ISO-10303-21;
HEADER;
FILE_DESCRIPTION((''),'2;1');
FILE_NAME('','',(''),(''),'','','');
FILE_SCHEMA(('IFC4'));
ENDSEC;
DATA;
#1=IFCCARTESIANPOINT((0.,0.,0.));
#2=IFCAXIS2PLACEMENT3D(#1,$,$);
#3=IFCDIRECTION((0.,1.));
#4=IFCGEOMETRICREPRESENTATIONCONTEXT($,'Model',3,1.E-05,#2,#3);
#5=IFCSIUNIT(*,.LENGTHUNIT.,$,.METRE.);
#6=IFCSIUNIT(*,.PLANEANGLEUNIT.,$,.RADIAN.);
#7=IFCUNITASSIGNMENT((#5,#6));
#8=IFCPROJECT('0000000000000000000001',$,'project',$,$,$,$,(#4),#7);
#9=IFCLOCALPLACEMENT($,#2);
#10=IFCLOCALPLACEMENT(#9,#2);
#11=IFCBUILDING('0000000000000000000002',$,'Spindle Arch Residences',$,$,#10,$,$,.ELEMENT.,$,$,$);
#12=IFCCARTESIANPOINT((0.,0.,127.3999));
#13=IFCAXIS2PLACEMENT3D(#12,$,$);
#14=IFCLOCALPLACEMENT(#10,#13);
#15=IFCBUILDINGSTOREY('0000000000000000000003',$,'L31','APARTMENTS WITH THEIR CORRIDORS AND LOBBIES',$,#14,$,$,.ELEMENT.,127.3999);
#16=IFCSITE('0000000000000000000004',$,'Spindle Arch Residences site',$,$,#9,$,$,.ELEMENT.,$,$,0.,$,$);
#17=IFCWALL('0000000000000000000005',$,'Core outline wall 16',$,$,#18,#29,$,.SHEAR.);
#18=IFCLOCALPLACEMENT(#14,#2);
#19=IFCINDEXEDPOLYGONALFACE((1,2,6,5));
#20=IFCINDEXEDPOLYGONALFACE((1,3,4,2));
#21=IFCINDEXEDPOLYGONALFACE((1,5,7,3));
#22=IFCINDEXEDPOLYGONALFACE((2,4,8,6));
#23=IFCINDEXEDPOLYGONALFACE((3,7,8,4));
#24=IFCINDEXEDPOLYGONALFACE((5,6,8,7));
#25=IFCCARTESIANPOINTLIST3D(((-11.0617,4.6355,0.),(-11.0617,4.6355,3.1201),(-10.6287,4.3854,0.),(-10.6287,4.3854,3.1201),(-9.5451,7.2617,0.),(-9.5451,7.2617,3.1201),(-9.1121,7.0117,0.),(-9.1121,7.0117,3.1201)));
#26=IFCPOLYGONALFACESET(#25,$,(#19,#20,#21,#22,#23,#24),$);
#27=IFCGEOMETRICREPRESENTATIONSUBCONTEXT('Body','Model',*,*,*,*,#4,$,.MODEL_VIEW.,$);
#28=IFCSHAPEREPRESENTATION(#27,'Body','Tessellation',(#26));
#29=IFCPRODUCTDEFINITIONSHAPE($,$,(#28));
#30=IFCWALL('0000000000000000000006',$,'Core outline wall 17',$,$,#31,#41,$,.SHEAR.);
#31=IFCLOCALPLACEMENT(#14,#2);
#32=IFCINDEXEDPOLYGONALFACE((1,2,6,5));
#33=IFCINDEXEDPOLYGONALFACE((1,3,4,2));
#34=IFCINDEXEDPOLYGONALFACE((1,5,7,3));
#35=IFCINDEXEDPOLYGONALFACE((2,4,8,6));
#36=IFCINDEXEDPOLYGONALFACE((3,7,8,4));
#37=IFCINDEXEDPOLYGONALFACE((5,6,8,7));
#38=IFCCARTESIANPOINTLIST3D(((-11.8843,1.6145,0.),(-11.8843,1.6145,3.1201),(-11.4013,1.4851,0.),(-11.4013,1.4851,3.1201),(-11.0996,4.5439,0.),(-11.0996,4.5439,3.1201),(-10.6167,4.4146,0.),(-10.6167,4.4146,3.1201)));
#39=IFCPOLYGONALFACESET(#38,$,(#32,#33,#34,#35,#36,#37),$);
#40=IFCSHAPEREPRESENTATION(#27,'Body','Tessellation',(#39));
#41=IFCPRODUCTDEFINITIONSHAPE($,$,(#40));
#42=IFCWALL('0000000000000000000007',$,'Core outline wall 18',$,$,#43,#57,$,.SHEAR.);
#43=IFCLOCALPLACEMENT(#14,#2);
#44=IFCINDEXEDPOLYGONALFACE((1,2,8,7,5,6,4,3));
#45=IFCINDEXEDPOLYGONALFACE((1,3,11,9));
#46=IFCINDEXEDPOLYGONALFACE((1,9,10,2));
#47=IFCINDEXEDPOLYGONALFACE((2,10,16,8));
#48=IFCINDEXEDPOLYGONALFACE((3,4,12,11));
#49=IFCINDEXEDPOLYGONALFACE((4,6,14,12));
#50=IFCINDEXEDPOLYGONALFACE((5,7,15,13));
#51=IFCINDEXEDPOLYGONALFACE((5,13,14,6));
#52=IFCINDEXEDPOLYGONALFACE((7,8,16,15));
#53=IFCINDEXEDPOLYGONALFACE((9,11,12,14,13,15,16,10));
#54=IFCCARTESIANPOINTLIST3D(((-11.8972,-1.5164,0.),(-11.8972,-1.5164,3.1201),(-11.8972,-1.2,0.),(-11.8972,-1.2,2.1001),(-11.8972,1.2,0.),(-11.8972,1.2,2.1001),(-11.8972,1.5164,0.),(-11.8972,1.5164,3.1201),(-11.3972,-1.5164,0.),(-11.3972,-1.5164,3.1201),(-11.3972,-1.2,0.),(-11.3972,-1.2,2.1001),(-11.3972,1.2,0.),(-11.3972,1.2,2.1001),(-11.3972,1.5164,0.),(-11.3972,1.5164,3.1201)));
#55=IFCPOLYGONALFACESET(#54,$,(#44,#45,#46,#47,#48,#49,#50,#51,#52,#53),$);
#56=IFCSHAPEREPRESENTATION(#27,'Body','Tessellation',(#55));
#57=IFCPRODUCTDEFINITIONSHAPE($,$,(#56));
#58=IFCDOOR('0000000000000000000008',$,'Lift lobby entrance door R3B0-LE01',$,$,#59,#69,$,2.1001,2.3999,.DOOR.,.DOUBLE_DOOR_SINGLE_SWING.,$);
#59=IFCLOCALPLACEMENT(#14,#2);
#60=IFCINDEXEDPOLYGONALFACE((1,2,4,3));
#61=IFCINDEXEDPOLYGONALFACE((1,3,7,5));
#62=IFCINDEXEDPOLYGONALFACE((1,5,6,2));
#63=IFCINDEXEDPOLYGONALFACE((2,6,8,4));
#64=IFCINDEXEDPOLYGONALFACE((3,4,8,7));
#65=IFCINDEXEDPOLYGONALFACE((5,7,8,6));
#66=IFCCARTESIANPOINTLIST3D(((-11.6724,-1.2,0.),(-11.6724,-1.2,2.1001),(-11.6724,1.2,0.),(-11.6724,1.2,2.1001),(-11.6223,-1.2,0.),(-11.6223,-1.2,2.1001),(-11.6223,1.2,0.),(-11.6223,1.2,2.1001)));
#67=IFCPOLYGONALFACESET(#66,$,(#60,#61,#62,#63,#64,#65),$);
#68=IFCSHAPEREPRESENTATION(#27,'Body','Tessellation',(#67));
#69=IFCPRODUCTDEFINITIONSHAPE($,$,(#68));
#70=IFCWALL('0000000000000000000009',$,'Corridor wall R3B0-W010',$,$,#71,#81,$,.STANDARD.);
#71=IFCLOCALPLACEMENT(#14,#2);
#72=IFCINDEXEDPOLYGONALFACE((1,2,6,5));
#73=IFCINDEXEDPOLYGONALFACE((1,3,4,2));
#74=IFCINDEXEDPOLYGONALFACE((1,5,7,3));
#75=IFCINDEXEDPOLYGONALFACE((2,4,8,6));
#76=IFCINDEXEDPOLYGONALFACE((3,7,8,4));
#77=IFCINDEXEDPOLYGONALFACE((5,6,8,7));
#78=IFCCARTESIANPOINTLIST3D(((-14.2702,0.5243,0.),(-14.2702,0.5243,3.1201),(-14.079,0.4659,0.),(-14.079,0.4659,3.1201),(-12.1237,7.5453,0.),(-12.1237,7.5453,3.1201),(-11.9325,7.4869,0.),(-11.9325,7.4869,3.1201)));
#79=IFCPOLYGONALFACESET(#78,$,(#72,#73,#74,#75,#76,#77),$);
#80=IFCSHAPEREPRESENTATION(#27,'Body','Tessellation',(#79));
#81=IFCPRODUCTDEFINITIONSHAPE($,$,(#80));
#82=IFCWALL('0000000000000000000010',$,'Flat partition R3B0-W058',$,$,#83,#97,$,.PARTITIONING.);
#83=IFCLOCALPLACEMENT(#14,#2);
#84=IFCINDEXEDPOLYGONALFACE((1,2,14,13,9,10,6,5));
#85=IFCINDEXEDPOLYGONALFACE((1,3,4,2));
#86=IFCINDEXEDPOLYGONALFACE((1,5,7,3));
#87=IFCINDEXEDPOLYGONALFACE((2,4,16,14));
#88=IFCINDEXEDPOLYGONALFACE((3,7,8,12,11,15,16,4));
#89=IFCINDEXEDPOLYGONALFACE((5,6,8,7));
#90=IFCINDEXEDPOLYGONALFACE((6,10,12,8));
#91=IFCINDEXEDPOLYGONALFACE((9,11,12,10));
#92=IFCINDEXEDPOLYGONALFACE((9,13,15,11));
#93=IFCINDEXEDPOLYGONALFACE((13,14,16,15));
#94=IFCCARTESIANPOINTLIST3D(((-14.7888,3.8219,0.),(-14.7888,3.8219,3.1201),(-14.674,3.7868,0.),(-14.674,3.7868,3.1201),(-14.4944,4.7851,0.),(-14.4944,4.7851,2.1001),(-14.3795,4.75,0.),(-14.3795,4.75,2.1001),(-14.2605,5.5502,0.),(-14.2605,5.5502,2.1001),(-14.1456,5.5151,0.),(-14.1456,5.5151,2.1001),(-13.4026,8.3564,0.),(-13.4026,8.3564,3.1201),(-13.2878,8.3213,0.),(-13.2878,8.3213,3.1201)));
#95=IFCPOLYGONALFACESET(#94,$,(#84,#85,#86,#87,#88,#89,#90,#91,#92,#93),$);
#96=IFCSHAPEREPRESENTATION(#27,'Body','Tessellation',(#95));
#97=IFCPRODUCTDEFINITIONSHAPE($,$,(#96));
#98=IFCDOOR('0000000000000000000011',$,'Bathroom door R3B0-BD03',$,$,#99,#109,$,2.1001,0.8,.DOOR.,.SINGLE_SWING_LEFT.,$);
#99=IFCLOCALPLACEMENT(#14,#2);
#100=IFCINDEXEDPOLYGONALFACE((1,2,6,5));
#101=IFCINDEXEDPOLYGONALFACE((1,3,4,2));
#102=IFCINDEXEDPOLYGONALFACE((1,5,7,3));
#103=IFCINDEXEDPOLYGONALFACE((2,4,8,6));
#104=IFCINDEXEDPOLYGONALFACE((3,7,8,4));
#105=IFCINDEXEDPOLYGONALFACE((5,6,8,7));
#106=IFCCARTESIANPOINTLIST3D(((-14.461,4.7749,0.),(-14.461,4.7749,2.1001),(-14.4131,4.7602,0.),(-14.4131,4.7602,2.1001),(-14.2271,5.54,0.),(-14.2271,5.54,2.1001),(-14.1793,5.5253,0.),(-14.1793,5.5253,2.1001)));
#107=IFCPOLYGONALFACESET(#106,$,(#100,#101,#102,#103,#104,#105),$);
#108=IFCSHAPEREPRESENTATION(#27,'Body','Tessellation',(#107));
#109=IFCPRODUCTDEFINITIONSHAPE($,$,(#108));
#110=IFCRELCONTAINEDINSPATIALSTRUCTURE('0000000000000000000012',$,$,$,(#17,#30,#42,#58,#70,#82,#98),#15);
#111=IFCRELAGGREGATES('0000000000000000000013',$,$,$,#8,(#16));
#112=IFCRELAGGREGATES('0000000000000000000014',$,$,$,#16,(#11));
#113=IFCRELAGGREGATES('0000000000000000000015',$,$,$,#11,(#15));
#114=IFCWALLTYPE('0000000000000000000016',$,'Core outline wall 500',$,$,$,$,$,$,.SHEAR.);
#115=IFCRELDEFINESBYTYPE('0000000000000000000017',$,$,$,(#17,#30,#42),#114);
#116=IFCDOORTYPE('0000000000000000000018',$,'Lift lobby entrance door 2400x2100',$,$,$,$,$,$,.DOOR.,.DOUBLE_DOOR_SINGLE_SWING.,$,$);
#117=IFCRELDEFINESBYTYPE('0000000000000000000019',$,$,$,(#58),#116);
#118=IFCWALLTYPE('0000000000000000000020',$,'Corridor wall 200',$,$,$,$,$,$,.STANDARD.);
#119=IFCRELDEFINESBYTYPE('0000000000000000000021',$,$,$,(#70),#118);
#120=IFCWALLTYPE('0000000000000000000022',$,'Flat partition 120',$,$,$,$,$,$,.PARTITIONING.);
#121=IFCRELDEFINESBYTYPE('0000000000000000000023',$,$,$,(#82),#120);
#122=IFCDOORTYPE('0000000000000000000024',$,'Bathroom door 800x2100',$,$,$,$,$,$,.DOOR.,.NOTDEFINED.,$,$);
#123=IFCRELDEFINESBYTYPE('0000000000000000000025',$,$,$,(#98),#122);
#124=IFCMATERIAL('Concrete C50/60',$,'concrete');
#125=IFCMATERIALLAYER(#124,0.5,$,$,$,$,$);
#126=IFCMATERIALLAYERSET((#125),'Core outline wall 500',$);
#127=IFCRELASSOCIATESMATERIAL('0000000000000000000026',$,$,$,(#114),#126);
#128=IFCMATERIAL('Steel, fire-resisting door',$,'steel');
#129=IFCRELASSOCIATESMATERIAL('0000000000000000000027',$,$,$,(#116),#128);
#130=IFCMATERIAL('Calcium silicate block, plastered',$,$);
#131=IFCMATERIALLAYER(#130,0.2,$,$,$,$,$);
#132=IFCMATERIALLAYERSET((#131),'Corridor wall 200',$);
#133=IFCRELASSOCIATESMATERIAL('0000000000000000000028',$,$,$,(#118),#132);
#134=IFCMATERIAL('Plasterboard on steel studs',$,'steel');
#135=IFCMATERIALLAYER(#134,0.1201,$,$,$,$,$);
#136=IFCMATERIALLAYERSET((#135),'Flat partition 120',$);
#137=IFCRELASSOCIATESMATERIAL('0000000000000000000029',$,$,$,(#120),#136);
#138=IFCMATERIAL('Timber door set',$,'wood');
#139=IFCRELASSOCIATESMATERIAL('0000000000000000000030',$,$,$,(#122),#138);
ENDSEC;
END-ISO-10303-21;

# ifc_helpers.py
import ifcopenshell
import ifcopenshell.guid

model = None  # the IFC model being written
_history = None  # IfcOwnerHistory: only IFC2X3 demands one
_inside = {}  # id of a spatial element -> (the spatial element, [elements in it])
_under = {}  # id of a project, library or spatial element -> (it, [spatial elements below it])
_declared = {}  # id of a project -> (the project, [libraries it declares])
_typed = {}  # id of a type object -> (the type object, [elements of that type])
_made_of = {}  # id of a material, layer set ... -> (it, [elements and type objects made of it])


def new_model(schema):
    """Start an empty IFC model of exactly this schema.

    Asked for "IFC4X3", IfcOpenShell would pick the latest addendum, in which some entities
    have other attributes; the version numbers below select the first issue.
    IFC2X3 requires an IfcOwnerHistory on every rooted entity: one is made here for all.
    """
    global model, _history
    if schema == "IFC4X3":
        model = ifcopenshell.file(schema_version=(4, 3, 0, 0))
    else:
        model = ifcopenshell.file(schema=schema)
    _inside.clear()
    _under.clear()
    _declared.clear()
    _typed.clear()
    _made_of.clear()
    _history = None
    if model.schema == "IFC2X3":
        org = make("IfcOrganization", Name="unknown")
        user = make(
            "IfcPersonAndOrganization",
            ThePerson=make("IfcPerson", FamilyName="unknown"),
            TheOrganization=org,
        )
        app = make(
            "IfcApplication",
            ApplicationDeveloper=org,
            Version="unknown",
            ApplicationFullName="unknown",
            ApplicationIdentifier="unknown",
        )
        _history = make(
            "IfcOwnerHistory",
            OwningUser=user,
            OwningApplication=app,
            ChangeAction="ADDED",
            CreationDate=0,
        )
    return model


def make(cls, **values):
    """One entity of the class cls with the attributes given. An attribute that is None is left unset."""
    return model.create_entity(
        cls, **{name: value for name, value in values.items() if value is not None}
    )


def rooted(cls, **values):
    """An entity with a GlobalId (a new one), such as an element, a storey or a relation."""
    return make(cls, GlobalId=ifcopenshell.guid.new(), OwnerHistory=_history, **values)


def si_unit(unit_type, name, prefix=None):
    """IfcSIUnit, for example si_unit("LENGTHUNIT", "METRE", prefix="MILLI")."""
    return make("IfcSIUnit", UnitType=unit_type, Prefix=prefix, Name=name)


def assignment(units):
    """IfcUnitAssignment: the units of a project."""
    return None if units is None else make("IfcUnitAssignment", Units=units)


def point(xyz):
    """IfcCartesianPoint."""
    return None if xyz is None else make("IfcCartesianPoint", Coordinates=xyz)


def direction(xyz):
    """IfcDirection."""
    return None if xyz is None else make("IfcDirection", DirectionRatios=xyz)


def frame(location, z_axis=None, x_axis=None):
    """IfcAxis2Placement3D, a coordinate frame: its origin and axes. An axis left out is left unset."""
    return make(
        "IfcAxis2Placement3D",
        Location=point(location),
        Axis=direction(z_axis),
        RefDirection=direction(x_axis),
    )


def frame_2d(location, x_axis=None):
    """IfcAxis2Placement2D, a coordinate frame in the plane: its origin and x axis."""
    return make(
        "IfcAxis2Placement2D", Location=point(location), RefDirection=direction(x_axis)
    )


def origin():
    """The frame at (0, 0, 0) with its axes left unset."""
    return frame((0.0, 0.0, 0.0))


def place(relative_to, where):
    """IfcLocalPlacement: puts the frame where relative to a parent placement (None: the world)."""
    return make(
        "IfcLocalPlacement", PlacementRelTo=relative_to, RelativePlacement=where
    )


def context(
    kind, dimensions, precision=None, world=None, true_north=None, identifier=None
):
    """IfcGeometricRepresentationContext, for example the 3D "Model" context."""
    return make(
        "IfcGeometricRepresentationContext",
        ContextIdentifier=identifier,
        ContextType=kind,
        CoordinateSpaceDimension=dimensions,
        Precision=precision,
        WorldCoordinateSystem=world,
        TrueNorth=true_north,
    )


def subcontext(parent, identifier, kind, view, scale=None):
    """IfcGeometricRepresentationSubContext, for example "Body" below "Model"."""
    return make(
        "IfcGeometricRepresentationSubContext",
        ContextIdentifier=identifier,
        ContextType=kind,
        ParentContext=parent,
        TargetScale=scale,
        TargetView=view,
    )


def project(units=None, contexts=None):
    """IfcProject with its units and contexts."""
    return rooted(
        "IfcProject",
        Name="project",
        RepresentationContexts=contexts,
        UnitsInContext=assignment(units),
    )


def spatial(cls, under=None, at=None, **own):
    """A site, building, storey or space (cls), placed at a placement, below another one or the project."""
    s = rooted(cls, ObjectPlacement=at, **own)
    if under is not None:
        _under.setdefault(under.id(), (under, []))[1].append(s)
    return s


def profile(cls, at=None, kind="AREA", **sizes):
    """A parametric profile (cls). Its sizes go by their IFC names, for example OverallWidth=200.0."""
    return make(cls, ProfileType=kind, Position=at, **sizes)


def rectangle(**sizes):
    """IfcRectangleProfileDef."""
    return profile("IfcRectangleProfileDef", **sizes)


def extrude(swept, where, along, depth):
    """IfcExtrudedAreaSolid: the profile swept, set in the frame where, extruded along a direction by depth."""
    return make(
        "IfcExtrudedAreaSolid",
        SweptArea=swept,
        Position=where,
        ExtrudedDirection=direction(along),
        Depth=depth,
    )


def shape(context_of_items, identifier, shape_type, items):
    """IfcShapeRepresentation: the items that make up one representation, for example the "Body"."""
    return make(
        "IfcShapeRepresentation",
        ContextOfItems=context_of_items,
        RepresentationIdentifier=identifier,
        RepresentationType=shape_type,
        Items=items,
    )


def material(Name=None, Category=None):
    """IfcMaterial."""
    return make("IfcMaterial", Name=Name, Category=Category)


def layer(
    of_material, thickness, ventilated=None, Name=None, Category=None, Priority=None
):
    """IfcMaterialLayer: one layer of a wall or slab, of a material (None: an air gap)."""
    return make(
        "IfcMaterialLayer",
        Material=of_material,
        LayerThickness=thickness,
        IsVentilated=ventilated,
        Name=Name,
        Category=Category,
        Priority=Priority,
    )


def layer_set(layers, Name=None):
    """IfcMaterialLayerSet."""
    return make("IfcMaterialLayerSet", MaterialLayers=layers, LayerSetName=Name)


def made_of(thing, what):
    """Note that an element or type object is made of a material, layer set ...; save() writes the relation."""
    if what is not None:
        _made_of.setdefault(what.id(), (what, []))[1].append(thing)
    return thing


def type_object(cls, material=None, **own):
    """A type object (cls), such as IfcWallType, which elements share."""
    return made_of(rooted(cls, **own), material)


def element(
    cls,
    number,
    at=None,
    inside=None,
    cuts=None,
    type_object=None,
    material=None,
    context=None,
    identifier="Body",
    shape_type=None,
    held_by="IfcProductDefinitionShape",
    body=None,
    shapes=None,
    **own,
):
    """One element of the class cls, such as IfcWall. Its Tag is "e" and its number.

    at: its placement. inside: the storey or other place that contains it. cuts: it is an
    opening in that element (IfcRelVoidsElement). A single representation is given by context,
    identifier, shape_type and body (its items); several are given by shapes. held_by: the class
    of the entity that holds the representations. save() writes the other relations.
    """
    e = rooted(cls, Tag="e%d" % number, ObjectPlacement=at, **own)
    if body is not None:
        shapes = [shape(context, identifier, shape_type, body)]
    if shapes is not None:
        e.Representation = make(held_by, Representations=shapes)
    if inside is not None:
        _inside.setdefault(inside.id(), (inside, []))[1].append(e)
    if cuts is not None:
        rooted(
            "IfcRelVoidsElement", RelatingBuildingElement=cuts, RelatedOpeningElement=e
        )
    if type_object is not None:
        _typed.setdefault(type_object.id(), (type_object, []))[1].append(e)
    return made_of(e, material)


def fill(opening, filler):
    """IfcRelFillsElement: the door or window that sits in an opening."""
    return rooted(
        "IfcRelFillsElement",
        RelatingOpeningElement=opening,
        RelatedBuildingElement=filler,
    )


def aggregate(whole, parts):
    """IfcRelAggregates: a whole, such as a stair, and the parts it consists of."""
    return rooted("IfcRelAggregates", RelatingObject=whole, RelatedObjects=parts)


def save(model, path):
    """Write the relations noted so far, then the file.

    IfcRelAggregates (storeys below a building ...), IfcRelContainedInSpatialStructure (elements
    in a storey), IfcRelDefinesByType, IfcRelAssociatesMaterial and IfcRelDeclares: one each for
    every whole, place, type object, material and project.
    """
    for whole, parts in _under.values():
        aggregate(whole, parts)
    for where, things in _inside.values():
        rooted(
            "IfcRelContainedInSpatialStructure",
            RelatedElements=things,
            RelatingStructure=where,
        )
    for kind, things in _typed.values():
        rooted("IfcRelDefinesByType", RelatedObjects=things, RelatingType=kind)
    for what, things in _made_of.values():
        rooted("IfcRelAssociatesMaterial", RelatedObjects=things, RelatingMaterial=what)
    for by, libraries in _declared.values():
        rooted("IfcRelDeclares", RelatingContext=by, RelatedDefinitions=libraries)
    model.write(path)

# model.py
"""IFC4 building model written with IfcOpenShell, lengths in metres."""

from ifc_helpers import new_model, si_unit, direction, frame, frame_2d, origin, place, context, subcontext, project, spatial, rectangle, extrude, material, layer, layer_set, type_object, element, fill, save


model = new_model("IFC4")

# Units and contexts
model_context = context("Model", 3, precision=1e-05, world=origin(), true_north=direction((0.0, 1.0)))
body_context = subcontext(model_context, "Body", "Model", "MODEL_VIEW")
ifc_project = project(units=[si_unit("LENGTHUNIT", "METRE"), si_unit("PLANEANGLEUNIT", "RADIAN")], contexts=[model_context])

# Site, building, storey
site_placement = place(None, origin())
site = spatial("IfcSite", under=ifc_project, at=site_placement, Name="Spindle Arch Residences site", CompositionType="ELEMENT", RefElevation=0.0)
building_placement = place(site_placement, origin())
building = spatial("IfcBuilding", under=site, at=building_placement, Name="Spindle Arch Residences", CompositionType="ELEMENT")
storey_placement = place(building_placement, frame((0.0, 0.0, 127.3999)))
storey = spatial("IfcBuildingStorey", under=building, at=storey_placement, Name="L31", Description="APARTMENTS WITH THEIR CORRIDORS AND LOBBIES", CompositionType="ELEMENT", Elevation=127.3999)

# Walls
ifc_material_1 = material(Name="Concrete C50/60", Category="concrete")
ifc_layer_1 = layer(ifc_material_1, 0.5)
ifc_layer_set_1 = layer_set([ifc_layer_1], Name="Core outline wall 500")
wall_type_1 = type_object("IfcWallType", Name="Core outline wall 500", PredefinedType="SHEAR", material=ifc_layer_set_1)
for number, where, z_axis, x_axis, name in (
    (1, (-9.3286, 7.1367, 0.0), (0.0, 0.0, 1.0), (-0.500087, -0.865975, 0.0), "Core outline wall 16"),
    (2, (-10.8582, 4.4792, 0.0), (0.0, 0.0, 1.0), (-0.258735, -0.965948, 0.0), "Core outline wall 17"),
):
    element("IfcWall", number, at=place(storey_placement, frame(where, z_axis=z_axis, x_axis=x_axis)), inside=storey, type_object=wall_type_1, Name=name, PredefinedType="SHEAR", context=body_context, shape_type="SweptSolid", body=[
        extrude(rectangle(XDim=3.0327, YDim=0.5, at=frame_2d((1.5164, 0.0))), origin(), (0.0, 0.0, 1.0), 3.1201),
    ])

# Wall, opening, door
wall_1_placement = place(storey_placement, frame((-11.6472, 1.5164, 0.0), z_axis=(0.0, 0.0, 1.0), x_axis=(0.0, -1.0, 0.0)))
wall_1 = element("IfcWall", 3, at=wall_1_placement, inside=storey, type_object=wall_type_1, Name="Core outline wall 18", PredefinedType="SHEAR", context=body_context, shape_type="SweptSolid", body=[
    extrude(rectangle(XDim=3.0327, YDim=0.5, at=frame_2d((1.5164, 0.0))), origin(), (0.0, 0.0, 1.0), 3.1201),
])
opening_1_placement = place(wall_1_placement, frame((0.3164, 0.0, 0.0)))
opening_1 = element("IfcOpeningElement", 4, at=opening_1_placement, cuts=wall_1, PredefinedType="OPENING", context=body_context, shape_type="SweptSolid", body=[
    extrude(rectangle(XDim=2.3999, YDim=2.1001, at=frame_2d((1.2, 1.05))), frame((0.0, 0.26, 0.0), z_axis=(0.0, -1.0, 0.0), x_axis=(1.0, 0.0, 0.0)), (0.0, 0.0, 1.0), 0.52),
])
ifc_material_2 = material(Name="Steel, fire-resisting door", Category="steel")
door_type_1 = type_object("IfcDoorType", Name="Lift lobby entrance door 2400x2100", OperationType="DOUBLE_DOOR_SINGLE_SWING", PredefinedType="DOOR", material=ifc_material_2)
door_1_placement = place(opening_1_placement, origin())
door_1 = element("IfcDoor", 5, at=door_1_placement, inside=storey, type_object=door_type_1, Name="Lift lobby entrance door R3B0-LE01", OperationType="DOUBLE_DOOR_SINGLE_SWING", OverallHeight=2.1001, OverallWidth=2.3999, PredefinedType="DOOR", context=body_context, shape_type="SweptSolid", body=[
    extrude(rectangle(XDim=2.3999, YDim=2.1001, at=frame_2d((1.2, 1.05))), frame((0.0, 0.0249, 0.0), z_axis=(0.0, -1.0, 0.0), x_axis=(1.0, 0.0, 0.0)), (0.0, 0.0, 1.0), 0.05),
])
fill(opening_1, door_1)

# Wall
ifc_material_3 = material(Name="Calcium silicate block, plastered")
ifc_layer_2 = layer(ifc_material_3, 0.2)
ifc_layer_set_2 = layer_set([ifc_layer_2], Name="Corridor wall 200")
wall_type_2 = type_object("IfcWallType", Name="Corridor wall 200", PredefinedType="STANDARD", material=ifc_layer_set_2)
wall_2_placement = place(storey_placement, frame((-12.0281, 7.5161, 0.0), z_axis=(0.0, 0.0, 1.0), x_axis=(-0.292366, -0.956307, 0.0)))
element("IfcWall", 6, at=wall_2_placement, inside=storey, type_object=wall_type_2, Name="Corridor wall R3B0-W010", PredefinedType="STANDARD", context=body_context, shape_type="SweptSolid", body=[
    extrude(rectangle(XDim=7.3418, YDim=0.2, at=frame_2d((3.6709, 0.0))), origin(), (0.0, 0.0, 1.0), 3.1201),
])

# Wall, opening, door
ifc_material_4 = material(Name="Plasterboard on steel studs", Category="steel")
ifc_layer_3 = layer(ifc_material_4, 0.1201)
ifc_layer_set_3 = layer_set([ifc_layer_3], Name="Flat partition 120")
wall_type_3 = type_object("IfcWallType", Name="Flat partition 120", PredefinedType="PARTITIONING", material=ifc_layer_set_3)
wall_3_placement = place(storey_placement, frame((-13.3452, 8.3389, 0.0), z_axis=(0.0, 0.0, 1.0), x_axis=(-0.292341, -0.956314, 0.0)))
wall_3 = element("IfcWall", 7, at=wall_3_placement, inside=storey, type_object=wall_type_3, Name="Flat partition R3B0-W058", PredefinedType="PARTITIONING", context=body_context, shape_type="SweptSolid", body=[
    extrude(rectangle(XDim=4.7417, YDim=0.1201, at=frame_2d((2.3708, 0.0))), origin(), (0.0, 0.0, 1.0), 3.1201),
])
opening_2_placement = place(wall_3_placement, frame((2.9346, 0.0, 0.0)))
opening_2 = element("IfcOpeningElement", 8, at=opening_2_placement, cuts=wall_3, PredefinedType="OPENING", context=body_context, shape_type="SweptSolid", body=[
    extrude(rectangle(XDim=0.8, YDim=2.1001, at=frame_2d((0.3999, 1.05))), frame((0.0, 0.0701, 0.0), z_axis=(0.0, -1.0, 0.0), x_axis=(1.0, 0.0, 0.0)), (0.0, 0.0, 1.0), 0.1401),
])
ifc_material_5 = material(Name="Timber door set", Category="wood")
door_type_2 = type_object("IfcDoorType", Name="Bathroom door 800x2100", OperationType="NOTDEFINED", PredefinedType="DOOR", material=ifc_material_5)
door_2_placement = place(opening_2_placement, origin())
door_2 = element("IfcDoor", 9, at=door_2_placement, inside=storey, type_object=door_type_2, Name="Bathroom door R3B0-BD03", OperationType="SINGLE_SWING_LEFT", OverallHeight=2.1001, OverallWidth=0.8, PredefinedType="DOOR", context=body_context, shape_type="SweptSolid", body=[
    extrude(rectangle(XDim=0.8, YDim=2.1001, at=frame_2d((0.3999, 1.05))), frame((0.0, 0.0249, 0.0), z_axis=(0.0, -1.0, 0.0), x_axis=(1.0, 0.0, 0.0)), (0.0, 0.0, 1.0), 0.05),
])
fill(opening_2, door_2)

save(model, "model.ifc")
